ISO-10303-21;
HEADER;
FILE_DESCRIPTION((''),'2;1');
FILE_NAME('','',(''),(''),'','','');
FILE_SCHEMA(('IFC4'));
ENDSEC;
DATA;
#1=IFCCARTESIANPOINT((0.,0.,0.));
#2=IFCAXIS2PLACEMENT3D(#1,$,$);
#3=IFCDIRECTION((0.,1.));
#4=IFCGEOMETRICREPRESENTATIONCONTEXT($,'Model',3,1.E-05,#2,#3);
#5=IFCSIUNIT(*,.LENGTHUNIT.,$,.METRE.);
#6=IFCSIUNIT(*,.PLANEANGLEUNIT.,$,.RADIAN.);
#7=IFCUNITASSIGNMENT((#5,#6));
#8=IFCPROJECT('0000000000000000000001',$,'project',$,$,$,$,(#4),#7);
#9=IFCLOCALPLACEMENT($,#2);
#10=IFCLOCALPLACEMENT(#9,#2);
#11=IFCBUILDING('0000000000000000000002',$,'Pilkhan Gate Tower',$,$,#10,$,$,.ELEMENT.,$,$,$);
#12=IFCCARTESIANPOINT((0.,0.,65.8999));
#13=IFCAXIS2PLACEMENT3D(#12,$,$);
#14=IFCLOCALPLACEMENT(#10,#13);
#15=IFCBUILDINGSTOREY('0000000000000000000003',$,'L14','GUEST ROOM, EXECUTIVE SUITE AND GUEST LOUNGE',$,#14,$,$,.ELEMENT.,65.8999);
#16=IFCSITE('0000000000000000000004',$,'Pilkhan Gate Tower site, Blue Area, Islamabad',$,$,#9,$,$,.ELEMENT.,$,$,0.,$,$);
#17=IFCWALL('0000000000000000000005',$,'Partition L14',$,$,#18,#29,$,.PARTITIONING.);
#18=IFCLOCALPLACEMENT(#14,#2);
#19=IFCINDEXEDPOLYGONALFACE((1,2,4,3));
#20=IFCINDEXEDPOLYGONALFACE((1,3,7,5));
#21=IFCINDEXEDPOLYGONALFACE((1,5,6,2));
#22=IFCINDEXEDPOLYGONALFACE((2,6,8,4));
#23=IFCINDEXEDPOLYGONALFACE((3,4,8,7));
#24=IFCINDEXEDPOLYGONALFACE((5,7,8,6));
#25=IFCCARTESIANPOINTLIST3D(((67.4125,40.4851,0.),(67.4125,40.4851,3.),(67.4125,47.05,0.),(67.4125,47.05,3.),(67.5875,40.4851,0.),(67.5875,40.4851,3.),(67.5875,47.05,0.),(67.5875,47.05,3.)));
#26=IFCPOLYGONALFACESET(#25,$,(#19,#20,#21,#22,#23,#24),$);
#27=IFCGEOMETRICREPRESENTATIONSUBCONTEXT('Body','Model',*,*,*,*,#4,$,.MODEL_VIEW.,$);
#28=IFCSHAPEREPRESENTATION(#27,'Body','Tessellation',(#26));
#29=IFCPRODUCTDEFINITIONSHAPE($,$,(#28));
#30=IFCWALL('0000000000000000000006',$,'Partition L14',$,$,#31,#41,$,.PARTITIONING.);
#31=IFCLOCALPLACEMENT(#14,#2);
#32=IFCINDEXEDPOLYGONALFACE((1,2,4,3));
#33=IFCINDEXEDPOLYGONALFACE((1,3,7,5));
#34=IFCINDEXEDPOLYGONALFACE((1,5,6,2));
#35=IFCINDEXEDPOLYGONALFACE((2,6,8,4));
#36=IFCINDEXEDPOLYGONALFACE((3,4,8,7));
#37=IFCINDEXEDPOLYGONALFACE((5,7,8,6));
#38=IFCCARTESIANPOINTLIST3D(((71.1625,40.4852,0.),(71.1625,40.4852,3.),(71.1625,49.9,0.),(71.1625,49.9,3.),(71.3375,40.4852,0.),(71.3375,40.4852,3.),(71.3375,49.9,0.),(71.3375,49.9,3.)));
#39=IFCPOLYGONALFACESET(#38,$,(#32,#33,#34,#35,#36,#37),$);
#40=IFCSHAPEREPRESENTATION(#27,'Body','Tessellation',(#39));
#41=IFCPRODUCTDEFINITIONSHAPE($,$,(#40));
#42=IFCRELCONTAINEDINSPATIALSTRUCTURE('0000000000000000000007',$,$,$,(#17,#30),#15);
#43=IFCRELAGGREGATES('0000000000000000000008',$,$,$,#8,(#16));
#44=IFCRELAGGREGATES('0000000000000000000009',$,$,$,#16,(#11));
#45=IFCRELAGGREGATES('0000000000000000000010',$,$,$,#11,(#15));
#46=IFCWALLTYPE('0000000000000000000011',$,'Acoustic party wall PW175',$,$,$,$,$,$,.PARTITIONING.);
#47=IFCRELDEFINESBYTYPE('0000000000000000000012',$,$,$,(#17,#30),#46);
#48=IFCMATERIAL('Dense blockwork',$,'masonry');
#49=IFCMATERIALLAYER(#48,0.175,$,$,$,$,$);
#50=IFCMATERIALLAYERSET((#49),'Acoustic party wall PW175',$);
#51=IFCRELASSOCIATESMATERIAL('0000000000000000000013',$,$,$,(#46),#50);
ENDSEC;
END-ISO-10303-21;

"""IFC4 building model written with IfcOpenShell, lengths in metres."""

from ifc_helpers import new_model, si_unit, direction, frame, frame_2d, origin, place, context, subcontext, project, spatial, rectangle, extrude, material, layer, layer_set, type_object, element, save


model = new_model("IFC4")

# Units and contexts
model_context = context("Model", 3, precision=1e-05, world=origin(), true_north=direction((0.0, 1.0)))
body_context = subcontext(model_context, "Body", "Model", "MODEL_VIEW")
ifc_project = project(units=[si_unit("LENGTHUNIT", "METRE"), si_unit("PLANEANGLEUNIT", "RADIAN")], contexts=[model_context])

# Site, building, storey
site_placement = place(None, origin())
site = spatial("IfcSite", under=ifc_project, at=site_placement, Name="Pilkhan Gate Tower site, Blue Area, Islamabad", CompositionType="ELEMENT", RefElevation=0.0)
building_placement = place(site_placement, origin())
building = spatial("IfcBuilding", under=site, at=building_placement, Name="Pilkhan Gate Tower", CompositionType="ELEMENT")
storey_placement = place(building_placement, frame((0.0, 0.0, 65.8999)))
storey = spatial("IfcBuildingStorey", under=building, at=storey_placement, Name="L14", Description="GUEST ROOM, EXECUTIVE SUITE AND GUEST LOUNGE", CompositionType="ELEMENT", Elevation=65.8999)

# Walls
ifc_material_1 = material(Name="Dense blockwork", Category="masonry")
ifc_layer_1 = layer(ifc_material_1, 0.175)
ifc_layer_set_1 = layer_set([ifc_layer_1], Name="Acoustic party wall PW175")
wall_type = type_object("IfcWallType", Name="Acoustic party wall PW175", PredefinedType="PARTITIONING", material=ifc_layer_set_1)
wall_1_placement = place(storey_placement, frame((67.5, 40.4851, 0.0), z_axis=(0.0, 0.0, 1.0), x_axis=(0.0, 1.0, 0.0)))
element("IfcWall", 1, at=wall_1_placement, inside=storey, type_object=wall_type, Name="Partition L14", PredefinedType="PARTITIONING", context=body_context, shape_type="SweptSolid", body=[
    extrude(rectangle(XDim=6.5649, YDim=0.175, at=frame_2d((3.2825, 0.0))), origin(), (0.0, 0.0, 1.0), 3.0),
])
wall_2_placement = place(storey_placement, frame((71.25, 40.4851, 0.0), z_axis=(0.0, 0.0, 1.0), x_axis=(0.0, 1.0, 0.0)))
element("IfcWall", 2, at=wall_2_placement, inside=storey, type_object=wall_type, Name="Partition L14", PredefinedType="PARTITIONING", context=body_context, shape_type="SweptSolid", body=[
    extrude(rectangle(XDim=9.4148, YDim=0.175, at=frame_2d((4.7075, 0.0))), origin(), (0.0, 0.0, 1.0), 3.0),
])

save(model, "model.ifc")
